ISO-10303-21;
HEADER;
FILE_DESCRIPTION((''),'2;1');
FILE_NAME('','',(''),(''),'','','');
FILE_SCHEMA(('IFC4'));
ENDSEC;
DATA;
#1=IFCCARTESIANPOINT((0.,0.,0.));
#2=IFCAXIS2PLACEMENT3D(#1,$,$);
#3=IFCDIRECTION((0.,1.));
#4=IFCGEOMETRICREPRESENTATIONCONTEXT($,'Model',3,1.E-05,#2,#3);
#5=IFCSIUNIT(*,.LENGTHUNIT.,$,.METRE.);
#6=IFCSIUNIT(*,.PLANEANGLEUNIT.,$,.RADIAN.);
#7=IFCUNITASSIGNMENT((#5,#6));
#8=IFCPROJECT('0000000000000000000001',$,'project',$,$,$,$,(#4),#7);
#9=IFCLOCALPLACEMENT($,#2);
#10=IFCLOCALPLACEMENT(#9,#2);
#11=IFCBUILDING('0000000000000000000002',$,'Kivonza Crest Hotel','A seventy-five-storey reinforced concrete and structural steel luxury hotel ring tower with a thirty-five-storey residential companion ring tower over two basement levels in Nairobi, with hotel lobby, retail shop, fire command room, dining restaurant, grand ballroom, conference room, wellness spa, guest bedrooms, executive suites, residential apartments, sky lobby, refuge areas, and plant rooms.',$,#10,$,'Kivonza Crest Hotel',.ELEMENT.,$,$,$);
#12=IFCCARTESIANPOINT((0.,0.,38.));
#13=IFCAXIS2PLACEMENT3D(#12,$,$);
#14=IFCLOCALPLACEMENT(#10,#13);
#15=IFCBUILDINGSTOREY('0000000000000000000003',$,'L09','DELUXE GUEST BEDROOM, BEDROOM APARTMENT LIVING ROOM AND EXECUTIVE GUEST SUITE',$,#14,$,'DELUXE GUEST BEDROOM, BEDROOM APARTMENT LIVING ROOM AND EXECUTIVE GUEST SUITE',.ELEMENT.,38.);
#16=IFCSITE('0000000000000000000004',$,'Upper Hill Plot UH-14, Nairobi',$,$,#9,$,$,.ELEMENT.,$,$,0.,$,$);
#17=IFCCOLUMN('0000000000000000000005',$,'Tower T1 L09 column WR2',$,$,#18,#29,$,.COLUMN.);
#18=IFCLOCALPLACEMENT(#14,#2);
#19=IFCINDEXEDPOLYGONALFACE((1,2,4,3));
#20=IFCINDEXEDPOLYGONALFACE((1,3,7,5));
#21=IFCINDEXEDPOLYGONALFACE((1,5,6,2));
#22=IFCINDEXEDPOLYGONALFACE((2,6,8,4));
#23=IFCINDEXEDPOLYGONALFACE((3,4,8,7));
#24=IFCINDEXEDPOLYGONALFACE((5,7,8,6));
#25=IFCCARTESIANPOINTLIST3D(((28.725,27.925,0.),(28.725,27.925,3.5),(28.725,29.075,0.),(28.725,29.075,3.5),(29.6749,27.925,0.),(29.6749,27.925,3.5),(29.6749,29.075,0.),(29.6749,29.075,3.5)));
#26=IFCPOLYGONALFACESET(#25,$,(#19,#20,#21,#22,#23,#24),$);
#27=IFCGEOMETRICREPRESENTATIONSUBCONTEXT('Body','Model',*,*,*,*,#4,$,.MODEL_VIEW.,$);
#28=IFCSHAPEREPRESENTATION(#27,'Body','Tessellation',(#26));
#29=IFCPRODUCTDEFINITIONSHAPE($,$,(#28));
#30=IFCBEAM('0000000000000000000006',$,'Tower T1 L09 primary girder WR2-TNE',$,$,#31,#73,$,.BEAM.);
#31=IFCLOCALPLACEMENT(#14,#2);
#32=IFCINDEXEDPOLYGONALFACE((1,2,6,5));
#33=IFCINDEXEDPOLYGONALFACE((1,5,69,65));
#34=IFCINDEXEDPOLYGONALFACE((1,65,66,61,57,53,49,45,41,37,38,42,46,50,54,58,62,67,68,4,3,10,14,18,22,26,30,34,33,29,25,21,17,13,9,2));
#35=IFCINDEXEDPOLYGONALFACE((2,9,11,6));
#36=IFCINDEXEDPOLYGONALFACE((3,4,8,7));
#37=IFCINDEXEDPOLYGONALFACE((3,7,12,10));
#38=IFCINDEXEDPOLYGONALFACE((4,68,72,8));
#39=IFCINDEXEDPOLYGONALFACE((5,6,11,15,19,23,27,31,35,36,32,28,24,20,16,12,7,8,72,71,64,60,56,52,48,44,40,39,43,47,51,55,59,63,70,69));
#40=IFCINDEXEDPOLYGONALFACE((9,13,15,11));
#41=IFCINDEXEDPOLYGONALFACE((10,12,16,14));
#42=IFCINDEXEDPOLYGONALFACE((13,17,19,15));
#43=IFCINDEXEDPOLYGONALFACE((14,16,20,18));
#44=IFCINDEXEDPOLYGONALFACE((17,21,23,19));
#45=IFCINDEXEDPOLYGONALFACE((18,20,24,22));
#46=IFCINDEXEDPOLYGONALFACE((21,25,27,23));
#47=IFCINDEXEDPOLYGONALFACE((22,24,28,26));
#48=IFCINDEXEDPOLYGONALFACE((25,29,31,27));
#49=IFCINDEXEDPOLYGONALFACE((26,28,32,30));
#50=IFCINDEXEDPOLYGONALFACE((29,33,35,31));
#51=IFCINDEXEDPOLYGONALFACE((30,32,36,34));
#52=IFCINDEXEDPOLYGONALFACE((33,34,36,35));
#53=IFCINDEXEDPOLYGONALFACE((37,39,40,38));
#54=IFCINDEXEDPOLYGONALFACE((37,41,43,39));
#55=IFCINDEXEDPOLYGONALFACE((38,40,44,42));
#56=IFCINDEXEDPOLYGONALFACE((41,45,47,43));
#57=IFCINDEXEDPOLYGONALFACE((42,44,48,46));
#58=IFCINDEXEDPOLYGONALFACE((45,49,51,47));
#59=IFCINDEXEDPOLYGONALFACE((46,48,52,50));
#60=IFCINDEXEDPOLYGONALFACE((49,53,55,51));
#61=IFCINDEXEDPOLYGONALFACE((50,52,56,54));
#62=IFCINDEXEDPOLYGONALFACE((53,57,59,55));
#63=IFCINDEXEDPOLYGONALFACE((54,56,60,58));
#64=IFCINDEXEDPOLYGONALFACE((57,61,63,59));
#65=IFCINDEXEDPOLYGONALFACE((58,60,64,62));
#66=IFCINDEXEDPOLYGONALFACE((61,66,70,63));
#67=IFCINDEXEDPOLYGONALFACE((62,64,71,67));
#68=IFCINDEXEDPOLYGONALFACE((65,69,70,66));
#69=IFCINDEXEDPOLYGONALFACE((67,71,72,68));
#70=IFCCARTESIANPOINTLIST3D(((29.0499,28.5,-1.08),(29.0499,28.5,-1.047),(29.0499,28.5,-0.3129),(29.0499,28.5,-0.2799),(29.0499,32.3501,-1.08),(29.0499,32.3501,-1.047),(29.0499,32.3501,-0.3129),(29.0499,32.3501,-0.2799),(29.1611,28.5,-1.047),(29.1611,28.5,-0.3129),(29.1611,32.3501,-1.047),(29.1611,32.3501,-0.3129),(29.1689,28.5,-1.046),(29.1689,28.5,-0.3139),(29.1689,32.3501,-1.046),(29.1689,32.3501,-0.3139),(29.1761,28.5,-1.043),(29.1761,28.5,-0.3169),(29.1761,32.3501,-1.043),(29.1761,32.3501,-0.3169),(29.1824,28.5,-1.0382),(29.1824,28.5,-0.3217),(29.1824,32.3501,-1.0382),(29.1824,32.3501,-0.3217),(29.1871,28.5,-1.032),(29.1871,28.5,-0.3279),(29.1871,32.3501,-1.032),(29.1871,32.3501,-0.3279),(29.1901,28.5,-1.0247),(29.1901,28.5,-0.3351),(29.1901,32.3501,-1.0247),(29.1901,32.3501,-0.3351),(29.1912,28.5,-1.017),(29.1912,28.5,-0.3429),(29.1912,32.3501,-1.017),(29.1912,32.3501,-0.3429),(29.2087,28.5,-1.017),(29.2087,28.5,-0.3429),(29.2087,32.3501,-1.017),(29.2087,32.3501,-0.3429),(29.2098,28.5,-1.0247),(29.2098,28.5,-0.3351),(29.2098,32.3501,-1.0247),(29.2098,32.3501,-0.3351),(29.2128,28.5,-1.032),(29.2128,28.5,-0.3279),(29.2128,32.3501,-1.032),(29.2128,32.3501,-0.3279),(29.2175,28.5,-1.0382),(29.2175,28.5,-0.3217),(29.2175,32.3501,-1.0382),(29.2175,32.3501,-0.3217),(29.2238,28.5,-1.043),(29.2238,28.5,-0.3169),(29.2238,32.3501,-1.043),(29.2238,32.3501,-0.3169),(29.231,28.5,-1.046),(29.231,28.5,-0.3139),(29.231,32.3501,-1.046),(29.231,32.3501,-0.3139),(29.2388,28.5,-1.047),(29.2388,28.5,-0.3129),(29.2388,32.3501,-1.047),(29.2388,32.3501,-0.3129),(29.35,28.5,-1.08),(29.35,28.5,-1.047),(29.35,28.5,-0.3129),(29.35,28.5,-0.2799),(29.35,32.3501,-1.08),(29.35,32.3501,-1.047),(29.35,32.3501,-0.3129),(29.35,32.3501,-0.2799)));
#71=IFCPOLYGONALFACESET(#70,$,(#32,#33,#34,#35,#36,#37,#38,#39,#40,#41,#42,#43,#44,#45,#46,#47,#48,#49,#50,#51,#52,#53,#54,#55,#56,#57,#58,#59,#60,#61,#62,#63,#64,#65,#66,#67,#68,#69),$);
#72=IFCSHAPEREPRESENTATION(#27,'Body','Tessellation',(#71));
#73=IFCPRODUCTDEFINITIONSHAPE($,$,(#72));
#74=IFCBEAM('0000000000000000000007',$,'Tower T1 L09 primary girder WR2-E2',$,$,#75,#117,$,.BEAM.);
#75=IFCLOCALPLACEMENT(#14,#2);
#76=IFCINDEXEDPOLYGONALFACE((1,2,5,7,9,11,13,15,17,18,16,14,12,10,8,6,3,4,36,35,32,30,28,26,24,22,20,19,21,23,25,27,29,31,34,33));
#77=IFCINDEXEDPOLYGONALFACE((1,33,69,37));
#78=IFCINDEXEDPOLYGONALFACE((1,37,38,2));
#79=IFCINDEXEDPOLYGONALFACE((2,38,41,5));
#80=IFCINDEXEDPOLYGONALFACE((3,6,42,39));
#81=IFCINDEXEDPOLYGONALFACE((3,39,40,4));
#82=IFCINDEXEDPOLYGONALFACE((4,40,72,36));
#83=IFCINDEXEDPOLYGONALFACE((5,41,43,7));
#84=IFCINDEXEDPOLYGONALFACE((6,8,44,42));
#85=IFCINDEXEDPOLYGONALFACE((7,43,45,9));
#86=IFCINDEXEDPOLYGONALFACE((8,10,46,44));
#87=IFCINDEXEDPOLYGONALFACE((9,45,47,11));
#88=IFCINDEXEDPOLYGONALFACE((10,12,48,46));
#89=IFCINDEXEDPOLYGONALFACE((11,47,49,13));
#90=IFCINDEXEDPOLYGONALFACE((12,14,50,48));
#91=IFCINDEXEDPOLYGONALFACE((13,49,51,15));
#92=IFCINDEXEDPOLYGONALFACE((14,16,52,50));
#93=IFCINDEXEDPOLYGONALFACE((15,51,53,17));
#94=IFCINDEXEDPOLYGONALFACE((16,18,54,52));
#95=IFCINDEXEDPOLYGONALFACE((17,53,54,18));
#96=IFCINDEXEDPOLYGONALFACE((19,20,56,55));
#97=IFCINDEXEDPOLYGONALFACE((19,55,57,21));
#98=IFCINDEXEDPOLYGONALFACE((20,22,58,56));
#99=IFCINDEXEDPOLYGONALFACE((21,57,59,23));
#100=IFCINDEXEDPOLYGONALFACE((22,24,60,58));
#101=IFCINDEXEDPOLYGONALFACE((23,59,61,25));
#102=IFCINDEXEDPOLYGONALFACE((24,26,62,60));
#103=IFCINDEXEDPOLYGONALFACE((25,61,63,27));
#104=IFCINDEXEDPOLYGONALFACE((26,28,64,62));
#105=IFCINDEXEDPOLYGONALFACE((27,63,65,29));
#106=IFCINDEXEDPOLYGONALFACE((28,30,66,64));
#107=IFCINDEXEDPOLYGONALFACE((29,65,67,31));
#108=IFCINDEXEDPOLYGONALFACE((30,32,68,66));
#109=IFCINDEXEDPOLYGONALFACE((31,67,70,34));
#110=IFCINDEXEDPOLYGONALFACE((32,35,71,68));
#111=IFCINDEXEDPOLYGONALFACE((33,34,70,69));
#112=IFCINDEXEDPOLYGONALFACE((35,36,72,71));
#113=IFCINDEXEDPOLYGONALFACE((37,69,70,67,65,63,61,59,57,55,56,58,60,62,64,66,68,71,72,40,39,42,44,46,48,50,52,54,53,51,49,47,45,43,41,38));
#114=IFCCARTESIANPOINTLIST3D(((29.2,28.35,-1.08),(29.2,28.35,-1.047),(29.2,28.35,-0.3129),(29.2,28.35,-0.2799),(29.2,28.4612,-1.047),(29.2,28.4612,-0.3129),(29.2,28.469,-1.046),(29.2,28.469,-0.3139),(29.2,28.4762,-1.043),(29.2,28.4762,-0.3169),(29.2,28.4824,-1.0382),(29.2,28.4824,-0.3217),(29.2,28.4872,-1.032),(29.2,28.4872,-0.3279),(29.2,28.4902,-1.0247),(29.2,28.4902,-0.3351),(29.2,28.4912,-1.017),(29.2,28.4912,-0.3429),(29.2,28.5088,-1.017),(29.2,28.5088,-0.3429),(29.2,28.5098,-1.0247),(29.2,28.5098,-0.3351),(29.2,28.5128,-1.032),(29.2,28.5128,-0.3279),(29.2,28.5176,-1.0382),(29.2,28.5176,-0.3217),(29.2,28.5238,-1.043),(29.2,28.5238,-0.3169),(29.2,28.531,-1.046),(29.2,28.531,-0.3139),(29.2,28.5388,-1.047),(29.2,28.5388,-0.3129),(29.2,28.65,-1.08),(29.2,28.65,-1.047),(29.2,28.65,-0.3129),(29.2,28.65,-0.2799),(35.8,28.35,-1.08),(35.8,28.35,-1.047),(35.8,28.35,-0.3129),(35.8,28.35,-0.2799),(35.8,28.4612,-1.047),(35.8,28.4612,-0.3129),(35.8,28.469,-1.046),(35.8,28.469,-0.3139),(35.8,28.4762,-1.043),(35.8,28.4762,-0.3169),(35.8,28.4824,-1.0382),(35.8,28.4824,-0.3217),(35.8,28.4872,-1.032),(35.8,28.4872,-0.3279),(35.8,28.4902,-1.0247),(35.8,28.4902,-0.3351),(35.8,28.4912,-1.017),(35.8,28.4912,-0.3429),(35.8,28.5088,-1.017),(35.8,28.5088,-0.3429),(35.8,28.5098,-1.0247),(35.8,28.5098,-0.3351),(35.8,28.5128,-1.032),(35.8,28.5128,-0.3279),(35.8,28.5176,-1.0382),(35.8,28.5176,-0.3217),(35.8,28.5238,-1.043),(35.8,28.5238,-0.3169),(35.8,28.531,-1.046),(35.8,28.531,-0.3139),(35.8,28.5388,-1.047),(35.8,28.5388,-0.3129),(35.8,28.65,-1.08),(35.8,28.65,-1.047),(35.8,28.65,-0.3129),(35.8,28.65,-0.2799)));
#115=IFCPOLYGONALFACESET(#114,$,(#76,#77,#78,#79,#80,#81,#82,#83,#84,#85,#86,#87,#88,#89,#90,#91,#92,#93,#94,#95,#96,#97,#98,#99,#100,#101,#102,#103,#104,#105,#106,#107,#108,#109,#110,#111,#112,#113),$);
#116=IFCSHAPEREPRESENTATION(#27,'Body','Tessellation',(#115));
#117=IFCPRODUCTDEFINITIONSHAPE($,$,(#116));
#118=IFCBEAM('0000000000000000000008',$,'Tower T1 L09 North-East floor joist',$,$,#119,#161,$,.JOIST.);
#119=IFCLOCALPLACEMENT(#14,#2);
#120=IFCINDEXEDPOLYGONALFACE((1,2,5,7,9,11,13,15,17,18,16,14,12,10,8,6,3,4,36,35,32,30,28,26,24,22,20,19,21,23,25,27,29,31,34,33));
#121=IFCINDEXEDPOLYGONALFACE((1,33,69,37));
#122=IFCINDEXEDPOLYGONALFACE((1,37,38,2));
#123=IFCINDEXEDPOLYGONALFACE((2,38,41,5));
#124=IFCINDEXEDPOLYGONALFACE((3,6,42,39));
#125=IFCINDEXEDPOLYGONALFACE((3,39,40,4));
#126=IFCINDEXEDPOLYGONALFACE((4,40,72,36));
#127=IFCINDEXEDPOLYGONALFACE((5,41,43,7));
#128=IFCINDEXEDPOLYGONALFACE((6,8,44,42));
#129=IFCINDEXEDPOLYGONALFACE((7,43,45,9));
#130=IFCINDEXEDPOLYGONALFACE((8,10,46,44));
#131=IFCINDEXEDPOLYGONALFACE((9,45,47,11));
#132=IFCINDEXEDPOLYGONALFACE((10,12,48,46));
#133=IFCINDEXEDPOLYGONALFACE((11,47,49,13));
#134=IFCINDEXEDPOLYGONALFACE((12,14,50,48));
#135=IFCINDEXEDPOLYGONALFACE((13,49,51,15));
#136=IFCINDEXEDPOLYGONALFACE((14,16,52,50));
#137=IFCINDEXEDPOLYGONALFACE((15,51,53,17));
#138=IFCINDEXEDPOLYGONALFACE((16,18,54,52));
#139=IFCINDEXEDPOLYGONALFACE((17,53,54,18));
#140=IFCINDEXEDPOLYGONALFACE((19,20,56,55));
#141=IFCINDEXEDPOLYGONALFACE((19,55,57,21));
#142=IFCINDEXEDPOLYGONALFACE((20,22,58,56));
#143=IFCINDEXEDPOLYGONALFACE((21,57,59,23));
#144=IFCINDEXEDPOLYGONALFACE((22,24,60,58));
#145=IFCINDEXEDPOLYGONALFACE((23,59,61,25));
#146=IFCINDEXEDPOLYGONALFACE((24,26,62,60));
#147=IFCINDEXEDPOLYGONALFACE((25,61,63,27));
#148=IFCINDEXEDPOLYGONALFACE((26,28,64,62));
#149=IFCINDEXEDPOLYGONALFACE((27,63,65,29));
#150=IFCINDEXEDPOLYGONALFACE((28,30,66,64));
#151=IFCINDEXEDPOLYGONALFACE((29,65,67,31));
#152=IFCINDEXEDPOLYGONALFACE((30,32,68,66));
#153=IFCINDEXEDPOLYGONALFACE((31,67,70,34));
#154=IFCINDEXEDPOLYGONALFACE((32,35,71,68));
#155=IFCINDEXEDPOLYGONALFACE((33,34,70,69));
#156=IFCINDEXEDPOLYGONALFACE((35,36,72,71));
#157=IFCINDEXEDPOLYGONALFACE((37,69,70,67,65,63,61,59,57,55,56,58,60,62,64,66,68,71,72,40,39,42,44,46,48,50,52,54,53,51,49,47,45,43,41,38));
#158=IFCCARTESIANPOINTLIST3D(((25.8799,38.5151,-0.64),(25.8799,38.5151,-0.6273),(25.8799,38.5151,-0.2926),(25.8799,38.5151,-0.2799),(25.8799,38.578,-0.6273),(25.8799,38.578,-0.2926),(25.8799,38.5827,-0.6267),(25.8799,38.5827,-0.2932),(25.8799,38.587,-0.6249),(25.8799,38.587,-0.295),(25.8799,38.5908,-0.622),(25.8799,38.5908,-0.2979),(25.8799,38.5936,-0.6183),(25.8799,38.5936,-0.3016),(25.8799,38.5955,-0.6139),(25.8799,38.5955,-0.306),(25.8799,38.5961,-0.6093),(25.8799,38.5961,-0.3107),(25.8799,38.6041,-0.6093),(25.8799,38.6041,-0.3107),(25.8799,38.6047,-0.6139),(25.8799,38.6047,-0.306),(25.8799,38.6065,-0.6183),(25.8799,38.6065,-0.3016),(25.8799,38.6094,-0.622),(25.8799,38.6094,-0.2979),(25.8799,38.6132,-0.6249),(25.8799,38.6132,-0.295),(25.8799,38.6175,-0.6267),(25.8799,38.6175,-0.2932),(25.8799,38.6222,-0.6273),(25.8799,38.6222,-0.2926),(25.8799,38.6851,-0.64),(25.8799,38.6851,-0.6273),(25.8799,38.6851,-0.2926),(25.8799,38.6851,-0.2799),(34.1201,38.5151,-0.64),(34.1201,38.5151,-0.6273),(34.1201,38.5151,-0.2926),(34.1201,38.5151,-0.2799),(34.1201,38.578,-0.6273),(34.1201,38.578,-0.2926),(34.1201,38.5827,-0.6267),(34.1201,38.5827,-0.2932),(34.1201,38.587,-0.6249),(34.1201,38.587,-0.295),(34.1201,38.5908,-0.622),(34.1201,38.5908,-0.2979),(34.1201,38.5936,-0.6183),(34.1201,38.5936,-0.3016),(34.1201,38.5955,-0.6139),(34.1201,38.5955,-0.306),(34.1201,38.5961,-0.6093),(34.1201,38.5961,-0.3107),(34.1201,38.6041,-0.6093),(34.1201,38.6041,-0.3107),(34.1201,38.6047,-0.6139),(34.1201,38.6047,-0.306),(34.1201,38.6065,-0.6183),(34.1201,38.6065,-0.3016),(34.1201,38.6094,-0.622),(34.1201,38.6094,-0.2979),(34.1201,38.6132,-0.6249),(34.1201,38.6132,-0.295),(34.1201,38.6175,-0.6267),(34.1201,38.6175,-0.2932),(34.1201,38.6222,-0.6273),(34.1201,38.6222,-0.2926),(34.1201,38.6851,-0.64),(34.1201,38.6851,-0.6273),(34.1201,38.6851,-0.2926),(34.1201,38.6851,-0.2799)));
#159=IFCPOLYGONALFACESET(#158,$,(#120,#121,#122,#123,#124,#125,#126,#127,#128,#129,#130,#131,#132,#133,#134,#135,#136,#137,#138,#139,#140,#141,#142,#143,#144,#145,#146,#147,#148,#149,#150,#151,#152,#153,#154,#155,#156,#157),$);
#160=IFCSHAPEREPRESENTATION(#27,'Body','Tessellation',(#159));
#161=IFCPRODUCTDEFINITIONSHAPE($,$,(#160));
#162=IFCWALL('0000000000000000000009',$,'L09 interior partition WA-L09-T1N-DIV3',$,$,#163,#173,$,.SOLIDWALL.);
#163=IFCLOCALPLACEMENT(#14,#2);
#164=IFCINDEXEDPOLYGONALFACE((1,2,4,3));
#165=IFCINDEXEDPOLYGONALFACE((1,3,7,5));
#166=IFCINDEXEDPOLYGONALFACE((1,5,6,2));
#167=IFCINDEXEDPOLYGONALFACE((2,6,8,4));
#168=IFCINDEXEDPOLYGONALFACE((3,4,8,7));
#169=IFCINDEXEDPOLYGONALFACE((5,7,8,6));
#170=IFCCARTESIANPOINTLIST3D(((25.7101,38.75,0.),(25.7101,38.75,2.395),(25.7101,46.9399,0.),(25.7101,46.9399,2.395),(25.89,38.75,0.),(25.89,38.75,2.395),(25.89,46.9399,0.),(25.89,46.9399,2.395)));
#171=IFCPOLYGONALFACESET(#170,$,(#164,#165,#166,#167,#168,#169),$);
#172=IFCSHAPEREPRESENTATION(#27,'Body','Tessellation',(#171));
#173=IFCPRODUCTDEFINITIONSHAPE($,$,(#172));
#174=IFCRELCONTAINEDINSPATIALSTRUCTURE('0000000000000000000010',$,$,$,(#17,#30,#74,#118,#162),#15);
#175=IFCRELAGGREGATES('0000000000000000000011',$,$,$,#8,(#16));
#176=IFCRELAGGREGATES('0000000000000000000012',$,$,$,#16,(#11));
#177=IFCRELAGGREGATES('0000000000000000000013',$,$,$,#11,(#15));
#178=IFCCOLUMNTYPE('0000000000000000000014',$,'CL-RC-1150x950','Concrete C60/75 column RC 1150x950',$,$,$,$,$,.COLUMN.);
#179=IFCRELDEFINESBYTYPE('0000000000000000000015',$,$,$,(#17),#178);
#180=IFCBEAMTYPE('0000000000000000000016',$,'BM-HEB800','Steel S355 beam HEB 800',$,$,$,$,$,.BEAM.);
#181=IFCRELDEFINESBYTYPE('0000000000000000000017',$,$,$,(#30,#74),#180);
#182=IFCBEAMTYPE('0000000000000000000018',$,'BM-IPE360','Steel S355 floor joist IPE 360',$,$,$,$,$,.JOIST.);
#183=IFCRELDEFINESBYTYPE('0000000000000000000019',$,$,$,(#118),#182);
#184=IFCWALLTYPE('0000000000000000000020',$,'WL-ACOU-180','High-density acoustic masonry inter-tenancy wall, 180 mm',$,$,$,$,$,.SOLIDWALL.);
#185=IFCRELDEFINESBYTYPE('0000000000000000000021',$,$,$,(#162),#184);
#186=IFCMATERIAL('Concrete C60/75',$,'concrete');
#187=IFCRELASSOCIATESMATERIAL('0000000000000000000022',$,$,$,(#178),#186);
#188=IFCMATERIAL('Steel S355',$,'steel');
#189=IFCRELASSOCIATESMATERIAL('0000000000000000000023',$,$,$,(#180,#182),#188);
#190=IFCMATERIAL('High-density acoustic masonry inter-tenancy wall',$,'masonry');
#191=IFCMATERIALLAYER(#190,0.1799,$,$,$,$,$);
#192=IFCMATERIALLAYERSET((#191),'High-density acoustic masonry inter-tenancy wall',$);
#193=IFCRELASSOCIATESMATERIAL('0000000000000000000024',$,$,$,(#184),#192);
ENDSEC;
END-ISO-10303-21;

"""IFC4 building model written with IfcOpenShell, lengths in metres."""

from ifc_helpers import new_model, si_unit, direction, frame, frame_2d, origin, origin_2d, place, context, subcontext, project, spatial, rectangle, i_section, extrude, material, layer, layer_set, material_profile, profile_set, type_object, element, save


model = new_model("IFC4")

# Units and contexts
model_context = context("Model", 3, precision=1e-05, world=origin(), true_north=direction((0.0, 1.0)))
body_context = subcontext(model_context, "Body", "Model", "MODEL_VIEW")
ifc_project = project(units=[si_unit("LENGTHUNIT", "METRE"), si_unit("PLANEANGLEUNIT", "RADIAN")], contexts=[model_context])

# Site, building, storey
site_placement = place(None, origin())
site = spatial("IfcSite", under=ifc_project, at=site_placement, Name="Upper Hill Plot UH-14, Nairobi", CompositionType="ELEMENT", RefElevation=0.0)
building_placement = place(site_placement, origin())
building = spatial("IfcBuilding", under=site, at=building_placement, Name="Kivonza Crest Hotel", Description="A seventy-five-storey reinforced concrete and structural steel luxury hotel ring tower with a thirty-five-storey residential companion ring tower over two basement levels in Nairobi, with hotel lobby, retail shop, fire command room, dining restaurant, grand ballroom, conference room, wellness spa, guest bedrooms, executive suites, residential apartments, sky lobby, refuge areas, and plant rooms.", LongName="Kivonza Crest Hotel", CompositionType="ELEMENT")
storey_placement = place(building_placement, frame((0.0, 0.0, 38.0)))
storey = spatial("IfcBuildingStorey", under=building, at=storey_placement, Name="L09", Description="DELUXE GUEST BEDROOM, BEDROOM APARTMENT LIVING ROOM AND EXECUTIVE GUEST SUITE", LongName="DELUXE GUEST BEDROOM, BEDROOM APARTMENT LIVING ROOM AND EXECUTIVE GUEST SUITE", CompositionType="ELEMENT", Elevation=38.0)

# Column
ifc_material_1 = material(Name="Concrete C60/75", Category="concrete")
ifc_material_profile_1 = material_profile(ifc_material_1, rectangle(XDim=0.95, YDim=1.1499, at=origin_2d()), Name="RC 1150x950")
ifc_profile_set_1 = profile_set([ifc_material_profile_1], Name="Concrete C60/75")
column_type = type_object("IfcColumnType", Name="CL-RC-1150x950", Description="Concrete C60/75 column RC 1150x950", PredefinedType="COLUMN", material=ifc_profile_set_1)
column_placement = place(storey_placement, frame((29.2, 28.5, 0.0), z_axis=(0.0, 0.0, 1.0), x_axis=(1.0, 0.0, 0.0)))
element("IfcColumn", 1, at=column_placement, inside=storey, type_object=column_type, Name="Tower T1 L09 column WR2", PredefinedType="COLUMN", context=body_context, shape_type="SweptSolid", body=[
    extrude(rectangle(XDim=0.95, YDim=1.1499, at=origin_2d()), origin(), (0.0, 0.0, 1.0), 3.5),
])

# Beams
ifc_material_2 = material(Name="Steel S355", Category="steel")
ifc_material_profile_2 = material_profile(ifc_material_2, i_section(OverallWidth=0.3, OverallDepth=0.8, WebThickness=0.0176, FlangeThickness=0.033, FilletRadius=0.03, at=origin_2d()), Name="HEB 800")
ifc_profile_set_2 = profile_set([ifc_material_profile_2], Name="Steel S355")
beam_type_1 = type_object("IfcBeamType", Name="BM-HEB800", Description="Steel S355 beam HEB 800", PredefinedType="BEAM", material=ifc_profile_set_2)
beam_1_placement = place(storey_placement, frame((29.2, 28.5, -0.6799), z_axis=(0.0, 1.0, 0.0), x_axis=(-1.0, 0.0, 0.0)))
element("IfcBeam", 2, at=beam_1_placement, inside=storey, type_object=beam_type_1, Name="Tower T1 L09 primary girder WR2-TNE", PredefinedType="BEAM", context=body_context, shape_type="SweptSolid", body=[
    extrude(i_section(OverallWidth=0.3, OverallDepth=0.8, WebThickness=0.0176, FlangeThickness=0.033, FilletRadius=0.03, at=origin_2d()), origin(), (0.0, 0.0, 1.0), 3.8501),
])
beam_2_placement = place(storey_placement, frame((29.2, 28.5, -0.6799), z_axis=(1.0, 0.0, 0.0), x_axis=(0.0, 1.0, 0.0)))
element("IfcBeam", 3, at=beam_2_placement, inside=storey, type_object=beam_type_1, Name="Tower T1 L09 primary girder WR2-E2", PredefinedType="BEAM", context=body_context, shape_type="SweptSolid", body=[
    extrude(i_section(OverallWidth=0.3, OverallDepth=0.8, WebThickness=0.0176, FlangeThickness=0.033, FilletRadius=0.03, at=origin_2d()), origin(), (0.0, 0.0, 1.0), 6.6001),
])
ifc_material_profile_3 = material_profile(ifc_material_2, i_section(OverallWidth=0.1699, OverallDepth=0.3601, WebThickness=0.0081, FlangeThickness=0.0127, FilletRadius=0.0181, at=origin_2d()), Name="IPE 360")
ifc_profile_set_3 = profile_set([ifc_material_profile_3], Name="Steel S355")
beam_type_2 = type_object("IfcBeamType", Name="BM-IPE360", Description="Steel S355 floor joist IPE 360", PredefinedType="JOIST", material=ifc_profile_set_3)
beam_3_placement = place(storey_placement, frame((25.8799, 38.6001, -0.46), z_axis=(1.0, 0.0, 0.0), x_axis=(0.0, 1.0, 0.0)))
element("IfcBeam", 4, at=beam_3_placement, inside=storey, type_object=beam_type_2, Name="Tower T1 L09 North-East floor joist", PredefinedType="JOIST", context=body_context, shape_type="SweptSolid", body=[
    extrude(i_section(OverallWidth=0.1699, OverallDepth=0.3601, WebThickness=0.0081, FlangeThickness=0.0127, FilletRadius=0.0181, at=origin_2d()), origin(), (0.0, 0.0, 1.0), 8.2402),
])

# Wall
ifc_material_3 = material(Name="High-density acoustic masonry inter-tenancy wall", Category="masonry")
ifc_layer_1 = layer(ifc_material_3, 0.1799)
ifc_layer_set_1 = layer_set([ifc_layer_1], Name="High-density acoustic masonry inter-tenancy wall")
wall_type_1 = type_object("IfcWallType", Name="WL-ACOU-180", Description="High-density acoustic masonry inter-tenancy wall, 180 mm", PredefinedType="SOLIDWALL", material=ifc_layer_set_1)
wall_1_placement = place(storey_placement, frame((25.8, 38.75, 0.0), z_axis=(0.0, 0.0, 1.0), x_axis=(0.0, 1.0, 0.0)))
element("IfcWall", 5, at=wall_1_placement, inside=storey, type_object=wall_type_1, Name="L09 interior partition WA-L09-T1N-DIV3", PredefinedType="SOLIDWALL", context=body_context, shape_type="SweptSolid", body=[
    extrude(rectangle(XDim=8.1899, YDim=0.1799, at=frame_2d((4.095, 0.0))), origin(), (0.0, 0.0, 1.0), 2.395),
])

save(model, "model.ifc")
